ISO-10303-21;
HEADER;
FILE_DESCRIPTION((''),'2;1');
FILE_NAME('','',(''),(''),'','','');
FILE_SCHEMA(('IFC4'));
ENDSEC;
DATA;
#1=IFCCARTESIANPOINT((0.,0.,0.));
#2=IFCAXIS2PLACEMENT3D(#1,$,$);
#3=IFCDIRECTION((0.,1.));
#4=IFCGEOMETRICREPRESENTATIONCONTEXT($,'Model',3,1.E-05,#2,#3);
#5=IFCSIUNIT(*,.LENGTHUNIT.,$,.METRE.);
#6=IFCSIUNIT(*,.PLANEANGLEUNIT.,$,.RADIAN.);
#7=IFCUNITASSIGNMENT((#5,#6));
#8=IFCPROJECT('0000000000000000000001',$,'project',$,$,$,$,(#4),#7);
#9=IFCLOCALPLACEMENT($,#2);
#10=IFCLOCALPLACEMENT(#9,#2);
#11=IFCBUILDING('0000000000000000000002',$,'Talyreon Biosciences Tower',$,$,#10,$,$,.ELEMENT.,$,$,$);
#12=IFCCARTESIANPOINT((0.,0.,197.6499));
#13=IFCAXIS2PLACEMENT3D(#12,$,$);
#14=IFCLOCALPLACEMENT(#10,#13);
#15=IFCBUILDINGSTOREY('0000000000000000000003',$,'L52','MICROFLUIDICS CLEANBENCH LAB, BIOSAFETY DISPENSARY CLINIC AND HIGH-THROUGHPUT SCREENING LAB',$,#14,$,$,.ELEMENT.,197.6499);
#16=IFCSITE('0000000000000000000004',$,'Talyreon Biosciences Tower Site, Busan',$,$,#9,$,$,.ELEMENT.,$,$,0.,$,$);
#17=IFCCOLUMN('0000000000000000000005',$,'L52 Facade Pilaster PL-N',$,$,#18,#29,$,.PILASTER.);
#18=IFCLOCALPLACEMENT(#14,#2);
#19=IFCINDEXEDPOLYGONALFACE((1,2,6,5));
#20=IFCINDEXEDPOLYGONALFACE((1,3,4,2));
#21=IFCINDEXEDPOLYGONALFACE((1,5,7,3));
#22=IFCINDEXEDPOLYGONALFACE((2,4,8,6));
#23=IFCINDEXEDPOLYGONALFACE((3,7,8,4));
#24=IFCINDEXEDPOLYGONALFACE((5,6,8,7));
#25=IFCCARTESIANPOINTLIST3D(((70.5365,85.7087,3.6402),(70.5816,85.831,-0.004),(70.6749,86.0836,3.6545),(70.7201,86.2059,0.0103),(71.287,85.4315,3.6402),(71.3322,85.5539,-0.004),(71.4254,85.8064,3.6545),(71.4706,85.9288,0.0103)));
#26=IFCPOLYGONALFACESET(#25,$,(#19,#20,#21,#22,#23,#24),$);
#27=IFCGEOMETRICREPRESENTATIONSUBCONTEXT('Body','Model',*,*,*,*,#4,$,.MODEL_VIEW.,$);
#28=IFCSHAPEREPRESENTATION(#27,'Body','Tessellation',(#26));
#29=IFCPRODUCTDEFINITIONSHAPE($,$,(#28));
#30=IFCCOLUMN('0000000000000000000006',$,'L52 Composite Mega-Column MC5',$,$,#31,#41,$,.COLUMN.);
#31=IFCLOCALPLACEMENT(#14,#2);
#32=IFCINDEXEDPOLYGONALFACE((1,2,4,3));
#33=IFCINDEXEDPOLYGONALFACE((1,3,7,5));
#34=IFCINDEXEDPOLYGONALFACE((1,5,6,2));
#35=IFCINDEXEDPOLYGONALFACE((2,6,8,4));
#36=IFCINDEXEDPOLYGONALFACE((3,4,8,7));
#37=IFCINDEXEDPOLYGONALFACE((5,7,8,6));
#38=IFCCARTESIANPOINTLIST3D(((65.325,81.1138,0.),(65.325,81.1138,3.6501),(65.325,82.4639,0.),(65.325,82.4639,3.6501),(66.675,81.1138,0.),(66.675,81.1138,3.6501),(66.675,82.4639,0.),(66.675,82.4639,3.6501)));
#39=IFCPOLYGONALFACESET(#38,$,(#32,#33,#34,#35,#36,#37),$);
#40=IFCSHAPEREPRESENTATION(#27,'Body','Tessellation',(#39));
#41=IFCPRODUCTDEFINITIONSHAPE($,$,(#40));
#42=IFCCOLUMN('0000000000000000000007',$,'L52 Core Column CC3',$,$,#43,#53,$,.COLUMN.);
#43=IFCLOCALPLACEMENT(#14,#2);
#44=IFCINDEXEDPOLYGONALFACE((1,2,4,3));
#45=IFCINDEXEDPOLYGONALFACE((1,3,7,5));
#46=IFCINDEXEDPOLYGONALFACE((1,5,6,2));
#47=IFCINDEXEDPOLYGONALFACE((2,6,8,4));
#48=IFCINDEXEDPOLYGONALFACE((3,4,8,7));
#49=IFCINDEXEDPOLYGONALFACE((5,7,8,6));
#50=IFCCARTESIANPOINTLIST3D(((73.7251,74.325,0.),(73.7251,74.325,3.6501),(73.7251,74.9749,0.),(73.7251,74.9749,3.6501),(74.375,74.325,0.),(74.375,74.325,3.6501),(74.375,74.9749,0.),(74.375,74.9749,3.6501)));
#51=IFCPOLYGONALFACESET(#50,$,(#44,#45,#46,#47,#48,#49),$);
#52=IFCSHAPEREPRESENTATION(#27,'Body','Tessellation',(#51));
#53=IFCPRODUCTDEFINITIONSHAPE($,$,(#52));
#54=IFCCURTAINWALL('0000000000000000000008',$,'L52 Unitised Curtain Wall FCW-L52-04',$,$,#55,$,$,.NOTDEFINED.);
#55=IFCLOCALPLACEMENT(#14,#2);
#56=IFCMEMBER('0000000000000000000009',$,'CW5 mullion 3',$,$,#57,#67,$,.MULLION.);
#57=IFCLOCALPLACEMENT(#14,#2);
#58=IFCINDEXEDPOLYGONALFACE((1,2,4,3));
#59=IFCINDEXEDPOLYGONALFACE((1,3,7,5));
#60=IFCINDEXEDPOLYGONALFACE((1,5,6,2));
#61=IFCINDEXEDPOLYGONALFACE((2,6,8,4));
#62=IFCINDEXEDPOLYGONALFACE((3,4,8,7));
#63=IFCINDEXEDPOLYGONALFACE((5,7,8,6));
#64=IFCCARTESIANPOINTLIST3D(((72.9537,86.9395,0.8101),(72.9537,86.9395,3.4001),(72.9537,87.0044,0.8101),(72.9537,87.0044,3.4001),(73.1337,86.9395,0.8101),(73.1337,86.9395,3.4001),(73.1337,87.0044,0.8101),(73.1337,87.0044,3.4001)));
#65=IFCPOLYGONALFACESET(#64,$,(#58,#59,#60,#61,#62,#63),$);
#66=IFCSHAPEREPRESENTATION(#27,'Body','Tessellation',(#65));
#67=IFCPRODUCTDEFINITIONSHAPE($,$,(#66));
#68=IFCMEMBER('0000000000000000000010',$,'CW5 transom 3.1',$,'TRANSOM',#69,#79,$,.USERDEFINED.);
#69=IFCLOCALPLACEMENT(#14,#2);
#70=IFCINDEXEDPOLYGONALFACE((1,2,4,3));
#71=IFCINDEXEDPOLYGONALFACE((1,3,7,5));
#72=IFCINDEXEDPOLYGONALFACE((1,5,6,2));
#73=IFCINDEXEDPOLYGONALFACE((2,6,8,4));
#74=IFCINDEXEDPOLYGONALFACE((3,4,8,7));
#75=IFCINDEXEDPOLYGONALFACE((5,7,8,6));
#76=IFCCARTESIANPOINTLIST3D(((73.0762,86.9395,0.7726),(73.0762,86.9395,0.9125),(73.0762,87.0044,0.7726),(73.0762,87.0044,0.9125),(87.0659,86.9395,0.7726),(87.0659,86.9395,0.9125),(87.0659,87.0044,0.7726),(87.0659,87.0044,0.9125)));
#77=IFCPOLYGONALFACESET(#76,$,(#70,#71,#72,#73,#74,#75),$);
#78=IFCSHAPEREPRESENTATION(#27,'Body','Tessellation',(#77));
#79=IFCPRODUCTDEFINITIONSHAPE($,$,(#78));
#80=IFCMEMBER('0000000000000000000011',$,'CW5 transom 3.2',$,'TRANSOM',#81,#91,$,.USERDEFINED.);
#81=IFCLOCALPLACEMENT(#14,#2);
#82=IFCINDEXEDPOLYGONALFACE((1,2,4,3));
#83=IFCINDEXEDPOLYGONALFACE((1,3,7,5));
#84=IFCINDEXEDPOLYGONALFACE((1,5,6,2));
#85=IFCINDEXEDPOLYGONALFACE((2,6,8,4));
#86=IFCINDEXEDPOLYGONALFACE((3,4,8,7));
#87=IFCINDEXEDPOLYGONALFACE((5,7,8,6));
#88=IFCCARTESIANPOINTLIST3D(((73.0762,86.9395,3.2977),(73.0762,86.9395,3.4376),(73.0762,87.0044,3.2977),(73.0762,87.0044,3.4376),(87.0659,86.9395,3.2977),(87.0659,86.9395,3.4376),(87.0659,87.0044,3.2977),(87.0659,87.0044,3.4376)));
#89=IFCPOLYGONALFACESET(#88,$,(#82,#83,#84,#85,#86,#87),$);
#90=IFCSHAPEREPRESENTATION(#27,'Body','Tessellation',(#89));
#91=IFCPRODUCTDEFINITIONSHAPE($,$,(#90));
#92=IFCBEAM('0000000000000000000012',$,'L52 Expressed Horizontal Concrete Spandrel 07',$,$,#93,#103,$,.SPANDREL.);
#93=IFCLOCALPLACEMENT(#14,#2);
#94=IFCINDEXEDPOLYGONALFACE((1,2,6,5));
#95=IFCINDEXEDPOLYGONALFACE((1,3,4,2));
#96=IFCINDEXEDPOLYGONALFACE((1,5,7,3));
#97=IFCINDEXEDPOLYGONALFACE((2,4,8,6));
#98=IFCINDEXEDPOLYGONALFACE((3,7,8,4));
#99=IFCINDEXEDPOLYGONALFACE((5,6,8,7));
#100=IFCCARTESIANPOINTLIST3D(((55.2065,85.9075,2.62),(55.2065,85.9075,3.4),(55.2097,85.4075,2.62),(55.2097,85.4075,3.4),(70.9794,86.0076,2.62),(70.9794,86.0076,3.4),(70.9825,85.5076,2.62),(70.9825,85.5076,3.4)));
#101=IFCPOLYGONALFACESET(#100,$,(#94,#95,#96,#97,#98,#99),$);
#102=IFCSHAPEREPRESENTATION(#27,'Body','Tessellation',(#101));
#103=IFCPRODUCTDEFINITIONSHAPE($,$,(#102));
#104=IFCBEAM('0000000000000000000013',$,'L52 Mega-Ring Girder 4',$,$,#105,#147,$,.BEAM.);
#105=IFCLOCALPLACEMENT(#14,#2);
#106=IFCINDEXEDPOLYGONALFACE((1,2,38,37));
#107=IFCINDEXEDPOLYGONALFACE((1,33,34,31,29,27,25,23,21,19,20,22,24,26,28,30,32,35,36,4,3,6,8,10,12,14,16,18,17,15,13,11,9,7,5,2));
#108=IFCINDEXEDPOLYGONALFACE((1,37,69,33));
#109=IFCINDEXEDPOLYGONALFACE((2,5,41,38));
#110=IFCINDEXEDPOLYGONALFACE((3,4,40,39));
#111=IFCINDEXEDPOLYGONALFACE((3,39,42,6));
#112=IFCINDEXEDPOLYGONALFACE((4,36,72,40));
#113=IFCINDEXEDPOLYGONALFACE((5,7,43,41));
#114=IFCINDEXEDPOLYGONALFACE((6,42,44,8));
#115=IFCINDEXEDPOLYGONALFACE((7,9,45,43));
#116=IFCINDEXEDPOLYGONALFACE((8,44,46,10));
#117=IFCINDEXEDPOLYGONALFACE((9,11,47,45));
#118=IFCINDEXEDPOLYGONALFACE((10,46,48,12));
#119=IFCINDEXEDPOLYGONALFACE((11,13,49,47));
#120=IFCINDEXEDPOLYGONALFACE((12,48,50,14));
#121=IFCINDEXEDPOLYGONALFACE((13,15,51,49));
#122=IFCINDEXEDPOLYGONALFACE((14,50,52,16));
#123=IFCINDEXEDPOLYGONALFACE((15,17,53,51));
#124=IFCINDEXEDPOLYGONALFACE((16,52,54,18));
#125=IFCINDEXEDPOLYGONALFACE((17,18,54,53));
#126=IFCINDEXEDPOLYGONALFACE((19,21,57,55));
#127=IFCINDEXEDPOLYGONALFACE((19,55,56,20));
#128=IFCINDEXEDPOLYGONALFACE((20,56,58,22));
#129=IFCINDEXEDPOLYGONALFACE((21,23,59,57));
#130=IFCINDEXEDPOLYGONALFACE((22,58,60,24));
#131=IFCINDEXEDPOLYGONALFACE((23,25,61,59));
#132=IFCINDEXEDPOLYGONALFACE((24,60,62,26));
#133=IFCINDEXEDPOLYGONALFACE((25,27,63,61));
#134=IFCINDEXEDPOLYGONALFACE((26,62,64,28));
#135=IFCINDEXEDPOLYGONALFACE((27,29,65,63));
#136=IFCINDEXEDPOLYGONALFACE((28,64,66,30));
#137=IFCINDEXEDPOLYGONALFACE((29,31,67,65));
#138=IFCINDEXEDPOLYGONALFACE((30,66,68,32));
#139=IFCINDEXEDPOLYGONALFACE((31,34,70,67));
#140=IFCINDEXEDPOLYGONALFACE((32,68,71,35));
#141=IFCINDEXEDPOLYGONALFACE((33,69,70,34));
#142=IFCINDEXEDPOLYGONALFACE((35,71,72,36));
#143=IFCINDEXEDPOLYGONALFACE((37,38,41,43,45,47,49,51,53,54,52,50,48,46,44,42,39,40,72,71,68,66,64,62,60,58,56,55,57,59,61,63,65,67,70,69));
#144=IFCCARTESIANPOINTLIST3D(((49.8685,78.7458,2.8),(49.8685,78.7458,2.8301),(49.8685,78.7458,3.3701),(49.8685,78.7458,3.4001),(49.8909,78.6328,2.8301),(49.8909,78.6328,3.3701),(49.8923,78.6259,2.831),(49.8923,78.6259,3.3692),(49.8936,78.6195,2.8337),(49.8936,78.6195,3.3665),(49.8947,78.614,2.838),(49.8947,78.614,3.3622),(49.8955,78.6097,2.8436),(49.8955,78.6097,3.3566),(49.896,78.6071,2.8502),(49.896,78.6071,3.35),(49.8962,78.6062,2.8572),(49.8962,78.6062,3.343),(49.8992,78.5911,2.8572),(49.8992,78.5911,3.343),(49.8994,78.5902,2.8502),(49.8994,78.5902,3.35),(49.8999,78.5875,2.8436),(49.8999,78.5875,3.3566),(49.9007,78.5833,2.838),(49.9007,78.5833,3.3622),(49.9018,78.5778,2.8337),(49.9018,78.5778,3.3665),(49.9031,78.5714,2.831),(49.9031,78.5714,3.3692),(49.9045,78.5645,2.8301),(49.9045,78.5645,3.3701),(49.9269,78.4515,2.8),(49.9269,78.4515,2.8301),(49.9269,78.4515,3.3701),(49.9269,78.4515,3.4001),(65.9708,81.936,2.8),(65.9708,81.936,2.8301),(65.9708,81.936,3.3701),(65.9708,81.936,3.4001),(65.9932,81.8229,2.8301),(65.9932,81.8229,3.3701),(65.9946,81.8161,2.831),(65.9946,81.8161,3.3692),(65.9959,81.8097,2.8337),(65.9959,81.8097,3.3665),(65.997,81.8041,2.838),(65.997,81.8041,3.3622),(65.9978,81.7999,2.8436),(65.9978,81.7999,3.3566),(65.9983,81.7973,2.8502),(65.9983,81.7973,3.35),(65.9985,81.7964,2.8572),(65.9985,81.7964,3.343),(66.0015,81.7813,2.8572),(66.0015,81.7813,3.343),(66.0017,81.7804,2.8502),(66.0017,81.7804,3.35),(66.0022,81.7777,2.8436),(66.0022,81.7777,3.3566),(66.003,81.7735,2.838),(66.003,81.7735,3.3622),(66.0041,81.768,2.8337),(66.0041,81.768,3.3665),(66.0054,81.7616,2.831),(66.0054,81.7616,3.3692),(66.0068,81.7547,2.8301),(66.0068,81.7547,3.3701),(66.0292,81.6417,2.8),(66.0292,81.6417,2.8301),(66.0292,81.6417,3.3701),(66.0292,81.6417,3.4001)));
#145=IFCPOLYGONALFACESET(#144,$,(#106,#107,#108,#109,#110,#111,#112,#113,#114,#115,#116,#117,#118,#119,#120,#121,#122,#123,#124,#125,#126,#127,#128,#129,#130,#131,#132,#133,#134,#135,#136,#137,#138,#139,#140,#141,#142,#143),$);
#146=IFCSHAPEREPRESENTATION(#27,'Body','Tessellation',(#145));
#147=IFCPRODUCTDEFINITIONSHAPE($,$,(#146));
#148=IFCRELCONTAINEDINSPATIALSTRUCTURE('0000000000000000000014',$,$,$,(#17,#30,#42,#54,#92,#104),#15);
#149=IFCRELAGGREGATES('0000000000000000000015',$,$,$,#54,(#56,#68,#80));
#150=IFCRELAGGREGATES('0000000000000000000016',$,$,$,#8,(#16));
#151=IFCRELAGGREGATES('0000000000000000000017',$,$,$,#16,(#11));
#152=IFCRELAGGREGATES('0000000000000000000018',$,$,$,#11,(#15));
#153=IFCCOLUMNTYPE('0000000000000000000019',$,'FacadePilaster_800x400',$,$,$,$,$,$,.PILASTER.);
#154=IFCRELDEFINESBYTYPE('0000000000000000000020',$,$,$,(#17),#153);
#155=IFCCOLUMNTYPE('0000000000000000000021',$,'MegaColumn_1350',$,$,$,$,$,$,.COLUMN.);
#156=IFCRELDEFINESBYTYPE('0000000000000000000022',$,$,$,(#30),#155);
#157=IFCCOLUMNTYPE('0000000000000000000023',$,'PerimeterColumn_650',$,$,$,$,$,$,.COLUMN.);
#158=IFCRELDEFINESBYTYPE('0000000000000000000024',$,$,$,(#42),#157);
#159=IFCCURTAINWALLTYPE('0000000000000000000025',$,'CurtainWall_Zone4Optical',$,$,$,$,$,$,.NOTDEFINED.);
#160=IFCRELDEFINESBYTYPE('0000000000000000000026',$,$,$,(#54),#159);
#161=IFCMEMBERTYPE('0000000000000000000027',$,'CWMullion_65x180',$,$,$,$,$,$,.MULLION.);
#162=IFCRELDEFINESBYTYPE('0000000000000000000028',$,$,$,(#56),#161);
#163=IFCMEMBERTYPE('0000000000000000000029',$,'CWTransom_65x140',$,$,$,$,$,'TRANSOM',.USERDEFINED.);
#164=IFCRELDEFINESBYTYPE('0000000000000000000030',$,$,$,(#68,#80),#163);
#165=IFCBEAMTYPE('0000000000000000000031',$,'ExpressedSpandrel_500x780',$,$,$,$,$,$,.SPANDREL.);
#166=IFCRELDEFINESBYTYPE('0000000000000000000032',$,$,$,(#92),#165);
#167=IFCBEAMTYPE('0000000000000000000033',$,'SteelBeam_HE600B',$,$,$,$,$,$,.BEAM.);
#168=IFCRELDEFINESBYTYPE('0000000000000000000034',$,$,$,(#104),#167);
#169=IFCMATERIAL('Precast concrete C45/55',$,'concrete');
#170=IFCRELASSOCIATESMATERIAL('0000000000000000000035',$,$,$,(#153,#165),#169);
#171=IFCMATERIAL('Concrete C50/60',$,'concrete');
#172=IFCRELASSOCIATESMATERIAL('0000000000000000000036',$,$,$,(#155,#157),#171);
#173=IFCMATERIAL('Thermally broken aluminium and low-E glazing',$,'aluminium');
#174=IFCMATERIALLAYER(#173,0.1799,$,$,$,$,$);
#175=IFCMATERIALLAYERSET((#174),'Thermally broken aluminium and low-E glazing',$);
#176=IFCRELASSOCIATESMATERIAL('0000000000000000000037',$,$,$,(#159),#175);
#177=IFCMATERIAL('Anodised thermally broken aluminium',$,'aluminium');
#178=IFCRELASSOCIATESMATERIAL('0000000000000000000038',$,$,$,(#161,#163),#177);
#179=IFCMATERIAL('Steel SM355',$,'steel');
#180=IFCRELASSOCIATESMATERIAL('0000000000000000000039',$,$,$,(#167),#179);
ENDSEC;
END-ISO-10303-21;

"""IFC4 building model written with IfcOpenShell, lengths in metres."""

from ifc_helpers import new_model, si_unit, direction, frame, origin, origin_2d, place, context, subcontext, project, spatial, rectangle, i_section, extrude, material, layer, layer_set, material_profile, profile_set, type_object, element, aggregate, save


model = new_model("IFC4")

# Units and contexts
model_context = context("Model", 3, precision=1e-05, world=origin(), true_north=direction((0.0, 1.0)))
body_context = subcontext(model_context, "Body", "Model", "MODEL_VIEW")
ifc_project = project(units=[si_unit("LENGTHUNIT", "METRE"), si_unit("PLANEANGLEUNIT", "RADIAN")], contexts=[model_context])

# Site, building, storey
site_placement = place(None, origin())
site = spatial("IfcSite", under=ifc_project, at=site_placement, Name="Talyreon Biosciences Tower Site, Busan", CompositionType="ELEMENT", RefElevation=0.0)
building_placement = place(site_placement, origin())
building = spatial("IfcBuilding", under=site, at=building_placement, Name="Talyreon Biosciences Tower", CompositionType="ELEMENT")
storey_placement = place(building_placement, frame((0.0, 0.0, 197.6499)))
storey = spatial("IfcBuildingStorey", under=building, at=storey_placement, Name="L52", Description="MICROFLUIDICS CLEANBENCH LAB, BIOSAFETY DISPENSARY CLINIC AND HIGH-THROUGHPUT SCREENING LAB", CompositionType="ELEMENT", Elevation=197.6499)

# Columns
ifc_material_1 = material(Name="Precast concrete C45/55", Category="concrete")
ifc_material_profile_1 = material_profile(ifc_material_1, rectangle(XDim=0.8, YDim=0.3999, at=origin_2d()), Name="RC 800x400")
ifc_profile_set_1 = profile_set([ifc_material_profile_1], Name="Precast concrete C45/55")
column_type_1 = type_object("IfcColumnType", Name="FacadePilaster_800x400", PredefinedType="PILASTER", material=ifc_profile_set_1)
column_1_placement = place(storey_placement, frame((71.0261, 85.8799, 0.0032), z_axis=(-0.012387, -0.033544, 0.99936), x_axis=(-0.938087, 0.346399, 0.0)))
element("IfcColumn", 1, at=column_1_placement, inside=storey, type_object=column_type_1, Name="L52 Facade Pilaster PL-N", PredefinedType="PILASTER", context=body_context, shape_type="SweptSolid", body=[
    extrude(rectangle(XDim=0.8, YDim=0.3999, at=origin_2d()), origin(), (0.0, 0.0, 1.0), 3.6465),
])
ifc_material_2 = material(Name="Concrete C50/60", Category="concrete")
ifc_material_profile_2 = material_profile(ifc_material_2, rectangle(XDim=1.3501, YDim=1.3501, at=origin_2d()), Name="RC 1350x1350")
ifc_profile_set_2 = profile_set([ifc_material_profile_2], Name="Concrete C50/60")
column_type_2 = type_object("IfcColumnType", Name="MegaColumn_1350", PredefinedType="COLUMN", material=ifc_profile_set_2)
column_2_placement = place(storey_placement, frame((66.0, 81.7888, 0.0), z_axis=(0.0, 0.0, 1.0), x_axis=(1.0, 0.0, 0.0)))
element("IfcColumn", 2, at=column_2_placement, inside=storey, type_object=column_type_2, Name="L52 Composite Mega-Column MC5", PredefinedType="COLUMN", context=body_context, shape_type="SweptSolid", body=[
    extrude(rectangle(XDim=1.3501, YDim=1.3501, at=origin_2d()), origin(), (0.0, 0.0, 1.0), 3.6501),
])
ifc_material_profile_3 = material_profile(ifc_material_2, rectangle(XDim=0.6499, YDim=0.6499, at=origin_2d()), Name="RC 650x650")
ifc_profile_set_3 = profile_set([ifc_material_profile_3], Name="Concrete C50/60")
column_type_3 = type_object("IfcColumnType", Name="PerimeterColumn_650", PredefinedType="COLUMN", material=ifc_profile_set_3)
column_3_placement = place(storey_placement, frame((74.05, 74.6499, 0.0), z_axis=(0.0, 0.0, 1.0), x_axis=(1.0, 0.0, 0.0)))
element("IfcColumn", 3, at=column_3_placement, inside=storey, type_object=column_type_3, Name="L52 Core Column CC3", PredefinedType="COLUMN", context=body_context, shape_type="SweptSolid", body=[
    extrude(rectangle(XDim=0.6499, YDim=0.6499, at=origin_2d()), origin(), (0.0, 0.0, 1.0), 3.6501),
])

# Curtain wall, members
ifc_material_3 = material(Name="Thermally broken aluminium and low-E glazing", Category="aluminium")
ifc_layer_1 = layer(ifc_material_3, 0.1799)
ifc_layer_set_1 = layer_set([ifc_layer_1], Name="Thermally broken aluminium and low-E glazing")
curtain_wall_type = type_object("IfcCurtainWallType", Name="CurtainWall_Zone4Optical", PredefinedType="NOTDEFINED", material=ifc_layer_set_1)
curtain_wall_placement = place(storey_placement, origin())
curtain_wall = element("IfcCurtainWall", 4, at=curtain_wall_placement, inside=storey, type_object=curtain_wall_type, Name="L52 Unitised Curtain Wall FCW-L52-04", PredefinedType="NOTDEFINED")
ifc_material_4 = material(Name="Anodised thermally broken aluminium", Category="aluminium")
ifc_material_profile_4 = material_profile(ifc_material_4, rectangle(XDim=0.0649, YDim=0.1799, at=origin_2d()), Name="ALUM MULLION 65x180")
ifc_profile_set_4 = profile_set([ifc_material_profile_4], Name="Anodised thermally broken aluminium")
member_type_1 = type_object("IfcMemberType", Name="CWMullion_65x180", PredefinedType="MULLION", material=ifc_profile_set_4)
member_1_placement = place(storey_placement, frame((73.0437, 86.9719, 0.8101), z_axis=(0.0, 0.0, 1.0), x_axis=(0.0, 1.0, 0.0)))
member_1 = element("IfcMember", 5, at=member_1_placement, type_object=member_type_1, Name="CW5 mullion 3", PredefinedType="MULLION", context=body_context, shape_type="SweptSolid", body=[
    extrude(rectangle(XDim=0.0649, YDim=0.1799, at=origin_2d()), origin(), (0.0, 0.0, 1.0), 2.5901),
])
ifc_material_profile_5 = material_profile(ifc_material_4, rectangle(XDim=0.0649, YDim=0.1399, at=origin_2d()), Name="ALUM TRANSOM 65x140")
ifc_profile_set_5 = profile_set([ifc_material_profile_5], Name="Anodised thermally broken aluminium")
member_type_2 = type_object("IfcMemberType", Name="CWTransom_65x140", ElementType="TRANSOM", PredefinedType="USERDEFINED", material=ifc_profile_set_5)
member_2_placement = place(storey_placement, frame((73.0762, 86.9719, 0.8425), z_axis=(1.0, 0.0, 0.0), x_axis=(0.0, 1.0, 0.0)))
member_2 = element("IfcMember", 6, at=member_2_placement, type_object=member_type_2, Name="CW5 transom 3.1", ObjectType="TRANSOM", PredefinedType="USERDEFINED", context=body_context, shape_type="SweptSolid", body=[
    extrude(rectangle(XDim=0.0649, YDim=0.1399, at=origin_2d()), origin(), (0.0, 0.0, 1.0), 13.9897),
])
member_3_placement = place(storey_placement, frame((73.0762, 86.9719, 3.3677), z_axis=(1.0, 0.0, 0.0), x_axis=(0.0, 1.0, 0.0)))
member_3 = element("IfcMember", 7, at=member_3_placement, type_object=member_type_2, Name="CW5 transom 3.2", ObjectType="TRANSOM", PredefinedType="USERDEFINED", context=body_context, shape_type="SweptSolid", body=[
    extrude(rectangle(XDim=0.0649, YDim=0.1399, at=origin_2d()), origin(), (0.0, 0.0, 1.0), 13.9897),
])

# Beams
ifc_material_profile_6 = material_profile(ifc_material_1, rectangle(XDim=0.5, YDim=0.78, at=origin_2d()), Name="RCB 500x780")
ifc_profile_set_6 = profile_set([ifc_material_profile_6], Name="Precast concrete C45/55")
beam_type_1 = type_object("IfcBeamType", Name="ExpressedSpandrel_500x780", PredefinedType="SPANDREL", material=ifc_profile_set_6)
beam_1_placement = place(storey_placement, frame((70.981, 85.7576, 3.01), z_axis=(-0.99998, -0.006346, 0.0), x_axis=(0.006346, -0.99998, 0.0)))
element("IfcBeam", 8, at=beam_1_placement, inside=storey, type_object=beam_type_1, Name="L52 Expressed Horizontal Concrete Spandrel 07", PredefinedType="SPANDREL", context=body_context, shape_type="SweptSolid", body=[
    extrude(rectangle(XDim=0.5, YDim=0.78, at=origin_2d()), origin(), (0.0, 0.0, 1.0), 15.7732),
])
ifc_material_5 = material(Name="Steel SM355", Category="steel")
ifc_material_profile_7 = material_profile(ifc_material_5, i_section(OverallWidth=0.3, OverallDepth=0.6001, WebThickness=0.0154, FlangeThickness=0.03, FilletRadius=0.0271, at=origin_2d()), Name="HE600B")
ifc_profile_set_7 = profile_set([ifc_material_profile_7], Name="Steel SM355")
beam_type_2 = type_object("IfcBeamType", Name="SteelBeam_HE600B", PredefinedType="BEAM", material=ifc_profile_set_7)
beam_2_placement = place(storey_placement, frame((66.0, 81.7888, 3.1001), z_axis=(-0.980934, -0.194343, 0.0), x_axis=(0.194343, -0.980934, 0.0)))
element("IfcBeam", 9, at=beam_2_placement, inside=storey, type_object=beam_type_2, Name="L52 Mega-Ring Girder 4", PredefinedType="BEAM", context=body_context, shape_type="SweptSolid", body=[
    extrude(i_section(OverallWidth=0.3, OverallDepth=0.6001, WebThickness=0.0154, FlangeThickness=0.03, FilletRadius=0.0271, at=origin_2d()), origin(), (0.0, 0.0, 1.0), 16.4153),
])

aggregate(curtain_wall, [member_1, member_2, member_3])

save(model, "model.ifc")
